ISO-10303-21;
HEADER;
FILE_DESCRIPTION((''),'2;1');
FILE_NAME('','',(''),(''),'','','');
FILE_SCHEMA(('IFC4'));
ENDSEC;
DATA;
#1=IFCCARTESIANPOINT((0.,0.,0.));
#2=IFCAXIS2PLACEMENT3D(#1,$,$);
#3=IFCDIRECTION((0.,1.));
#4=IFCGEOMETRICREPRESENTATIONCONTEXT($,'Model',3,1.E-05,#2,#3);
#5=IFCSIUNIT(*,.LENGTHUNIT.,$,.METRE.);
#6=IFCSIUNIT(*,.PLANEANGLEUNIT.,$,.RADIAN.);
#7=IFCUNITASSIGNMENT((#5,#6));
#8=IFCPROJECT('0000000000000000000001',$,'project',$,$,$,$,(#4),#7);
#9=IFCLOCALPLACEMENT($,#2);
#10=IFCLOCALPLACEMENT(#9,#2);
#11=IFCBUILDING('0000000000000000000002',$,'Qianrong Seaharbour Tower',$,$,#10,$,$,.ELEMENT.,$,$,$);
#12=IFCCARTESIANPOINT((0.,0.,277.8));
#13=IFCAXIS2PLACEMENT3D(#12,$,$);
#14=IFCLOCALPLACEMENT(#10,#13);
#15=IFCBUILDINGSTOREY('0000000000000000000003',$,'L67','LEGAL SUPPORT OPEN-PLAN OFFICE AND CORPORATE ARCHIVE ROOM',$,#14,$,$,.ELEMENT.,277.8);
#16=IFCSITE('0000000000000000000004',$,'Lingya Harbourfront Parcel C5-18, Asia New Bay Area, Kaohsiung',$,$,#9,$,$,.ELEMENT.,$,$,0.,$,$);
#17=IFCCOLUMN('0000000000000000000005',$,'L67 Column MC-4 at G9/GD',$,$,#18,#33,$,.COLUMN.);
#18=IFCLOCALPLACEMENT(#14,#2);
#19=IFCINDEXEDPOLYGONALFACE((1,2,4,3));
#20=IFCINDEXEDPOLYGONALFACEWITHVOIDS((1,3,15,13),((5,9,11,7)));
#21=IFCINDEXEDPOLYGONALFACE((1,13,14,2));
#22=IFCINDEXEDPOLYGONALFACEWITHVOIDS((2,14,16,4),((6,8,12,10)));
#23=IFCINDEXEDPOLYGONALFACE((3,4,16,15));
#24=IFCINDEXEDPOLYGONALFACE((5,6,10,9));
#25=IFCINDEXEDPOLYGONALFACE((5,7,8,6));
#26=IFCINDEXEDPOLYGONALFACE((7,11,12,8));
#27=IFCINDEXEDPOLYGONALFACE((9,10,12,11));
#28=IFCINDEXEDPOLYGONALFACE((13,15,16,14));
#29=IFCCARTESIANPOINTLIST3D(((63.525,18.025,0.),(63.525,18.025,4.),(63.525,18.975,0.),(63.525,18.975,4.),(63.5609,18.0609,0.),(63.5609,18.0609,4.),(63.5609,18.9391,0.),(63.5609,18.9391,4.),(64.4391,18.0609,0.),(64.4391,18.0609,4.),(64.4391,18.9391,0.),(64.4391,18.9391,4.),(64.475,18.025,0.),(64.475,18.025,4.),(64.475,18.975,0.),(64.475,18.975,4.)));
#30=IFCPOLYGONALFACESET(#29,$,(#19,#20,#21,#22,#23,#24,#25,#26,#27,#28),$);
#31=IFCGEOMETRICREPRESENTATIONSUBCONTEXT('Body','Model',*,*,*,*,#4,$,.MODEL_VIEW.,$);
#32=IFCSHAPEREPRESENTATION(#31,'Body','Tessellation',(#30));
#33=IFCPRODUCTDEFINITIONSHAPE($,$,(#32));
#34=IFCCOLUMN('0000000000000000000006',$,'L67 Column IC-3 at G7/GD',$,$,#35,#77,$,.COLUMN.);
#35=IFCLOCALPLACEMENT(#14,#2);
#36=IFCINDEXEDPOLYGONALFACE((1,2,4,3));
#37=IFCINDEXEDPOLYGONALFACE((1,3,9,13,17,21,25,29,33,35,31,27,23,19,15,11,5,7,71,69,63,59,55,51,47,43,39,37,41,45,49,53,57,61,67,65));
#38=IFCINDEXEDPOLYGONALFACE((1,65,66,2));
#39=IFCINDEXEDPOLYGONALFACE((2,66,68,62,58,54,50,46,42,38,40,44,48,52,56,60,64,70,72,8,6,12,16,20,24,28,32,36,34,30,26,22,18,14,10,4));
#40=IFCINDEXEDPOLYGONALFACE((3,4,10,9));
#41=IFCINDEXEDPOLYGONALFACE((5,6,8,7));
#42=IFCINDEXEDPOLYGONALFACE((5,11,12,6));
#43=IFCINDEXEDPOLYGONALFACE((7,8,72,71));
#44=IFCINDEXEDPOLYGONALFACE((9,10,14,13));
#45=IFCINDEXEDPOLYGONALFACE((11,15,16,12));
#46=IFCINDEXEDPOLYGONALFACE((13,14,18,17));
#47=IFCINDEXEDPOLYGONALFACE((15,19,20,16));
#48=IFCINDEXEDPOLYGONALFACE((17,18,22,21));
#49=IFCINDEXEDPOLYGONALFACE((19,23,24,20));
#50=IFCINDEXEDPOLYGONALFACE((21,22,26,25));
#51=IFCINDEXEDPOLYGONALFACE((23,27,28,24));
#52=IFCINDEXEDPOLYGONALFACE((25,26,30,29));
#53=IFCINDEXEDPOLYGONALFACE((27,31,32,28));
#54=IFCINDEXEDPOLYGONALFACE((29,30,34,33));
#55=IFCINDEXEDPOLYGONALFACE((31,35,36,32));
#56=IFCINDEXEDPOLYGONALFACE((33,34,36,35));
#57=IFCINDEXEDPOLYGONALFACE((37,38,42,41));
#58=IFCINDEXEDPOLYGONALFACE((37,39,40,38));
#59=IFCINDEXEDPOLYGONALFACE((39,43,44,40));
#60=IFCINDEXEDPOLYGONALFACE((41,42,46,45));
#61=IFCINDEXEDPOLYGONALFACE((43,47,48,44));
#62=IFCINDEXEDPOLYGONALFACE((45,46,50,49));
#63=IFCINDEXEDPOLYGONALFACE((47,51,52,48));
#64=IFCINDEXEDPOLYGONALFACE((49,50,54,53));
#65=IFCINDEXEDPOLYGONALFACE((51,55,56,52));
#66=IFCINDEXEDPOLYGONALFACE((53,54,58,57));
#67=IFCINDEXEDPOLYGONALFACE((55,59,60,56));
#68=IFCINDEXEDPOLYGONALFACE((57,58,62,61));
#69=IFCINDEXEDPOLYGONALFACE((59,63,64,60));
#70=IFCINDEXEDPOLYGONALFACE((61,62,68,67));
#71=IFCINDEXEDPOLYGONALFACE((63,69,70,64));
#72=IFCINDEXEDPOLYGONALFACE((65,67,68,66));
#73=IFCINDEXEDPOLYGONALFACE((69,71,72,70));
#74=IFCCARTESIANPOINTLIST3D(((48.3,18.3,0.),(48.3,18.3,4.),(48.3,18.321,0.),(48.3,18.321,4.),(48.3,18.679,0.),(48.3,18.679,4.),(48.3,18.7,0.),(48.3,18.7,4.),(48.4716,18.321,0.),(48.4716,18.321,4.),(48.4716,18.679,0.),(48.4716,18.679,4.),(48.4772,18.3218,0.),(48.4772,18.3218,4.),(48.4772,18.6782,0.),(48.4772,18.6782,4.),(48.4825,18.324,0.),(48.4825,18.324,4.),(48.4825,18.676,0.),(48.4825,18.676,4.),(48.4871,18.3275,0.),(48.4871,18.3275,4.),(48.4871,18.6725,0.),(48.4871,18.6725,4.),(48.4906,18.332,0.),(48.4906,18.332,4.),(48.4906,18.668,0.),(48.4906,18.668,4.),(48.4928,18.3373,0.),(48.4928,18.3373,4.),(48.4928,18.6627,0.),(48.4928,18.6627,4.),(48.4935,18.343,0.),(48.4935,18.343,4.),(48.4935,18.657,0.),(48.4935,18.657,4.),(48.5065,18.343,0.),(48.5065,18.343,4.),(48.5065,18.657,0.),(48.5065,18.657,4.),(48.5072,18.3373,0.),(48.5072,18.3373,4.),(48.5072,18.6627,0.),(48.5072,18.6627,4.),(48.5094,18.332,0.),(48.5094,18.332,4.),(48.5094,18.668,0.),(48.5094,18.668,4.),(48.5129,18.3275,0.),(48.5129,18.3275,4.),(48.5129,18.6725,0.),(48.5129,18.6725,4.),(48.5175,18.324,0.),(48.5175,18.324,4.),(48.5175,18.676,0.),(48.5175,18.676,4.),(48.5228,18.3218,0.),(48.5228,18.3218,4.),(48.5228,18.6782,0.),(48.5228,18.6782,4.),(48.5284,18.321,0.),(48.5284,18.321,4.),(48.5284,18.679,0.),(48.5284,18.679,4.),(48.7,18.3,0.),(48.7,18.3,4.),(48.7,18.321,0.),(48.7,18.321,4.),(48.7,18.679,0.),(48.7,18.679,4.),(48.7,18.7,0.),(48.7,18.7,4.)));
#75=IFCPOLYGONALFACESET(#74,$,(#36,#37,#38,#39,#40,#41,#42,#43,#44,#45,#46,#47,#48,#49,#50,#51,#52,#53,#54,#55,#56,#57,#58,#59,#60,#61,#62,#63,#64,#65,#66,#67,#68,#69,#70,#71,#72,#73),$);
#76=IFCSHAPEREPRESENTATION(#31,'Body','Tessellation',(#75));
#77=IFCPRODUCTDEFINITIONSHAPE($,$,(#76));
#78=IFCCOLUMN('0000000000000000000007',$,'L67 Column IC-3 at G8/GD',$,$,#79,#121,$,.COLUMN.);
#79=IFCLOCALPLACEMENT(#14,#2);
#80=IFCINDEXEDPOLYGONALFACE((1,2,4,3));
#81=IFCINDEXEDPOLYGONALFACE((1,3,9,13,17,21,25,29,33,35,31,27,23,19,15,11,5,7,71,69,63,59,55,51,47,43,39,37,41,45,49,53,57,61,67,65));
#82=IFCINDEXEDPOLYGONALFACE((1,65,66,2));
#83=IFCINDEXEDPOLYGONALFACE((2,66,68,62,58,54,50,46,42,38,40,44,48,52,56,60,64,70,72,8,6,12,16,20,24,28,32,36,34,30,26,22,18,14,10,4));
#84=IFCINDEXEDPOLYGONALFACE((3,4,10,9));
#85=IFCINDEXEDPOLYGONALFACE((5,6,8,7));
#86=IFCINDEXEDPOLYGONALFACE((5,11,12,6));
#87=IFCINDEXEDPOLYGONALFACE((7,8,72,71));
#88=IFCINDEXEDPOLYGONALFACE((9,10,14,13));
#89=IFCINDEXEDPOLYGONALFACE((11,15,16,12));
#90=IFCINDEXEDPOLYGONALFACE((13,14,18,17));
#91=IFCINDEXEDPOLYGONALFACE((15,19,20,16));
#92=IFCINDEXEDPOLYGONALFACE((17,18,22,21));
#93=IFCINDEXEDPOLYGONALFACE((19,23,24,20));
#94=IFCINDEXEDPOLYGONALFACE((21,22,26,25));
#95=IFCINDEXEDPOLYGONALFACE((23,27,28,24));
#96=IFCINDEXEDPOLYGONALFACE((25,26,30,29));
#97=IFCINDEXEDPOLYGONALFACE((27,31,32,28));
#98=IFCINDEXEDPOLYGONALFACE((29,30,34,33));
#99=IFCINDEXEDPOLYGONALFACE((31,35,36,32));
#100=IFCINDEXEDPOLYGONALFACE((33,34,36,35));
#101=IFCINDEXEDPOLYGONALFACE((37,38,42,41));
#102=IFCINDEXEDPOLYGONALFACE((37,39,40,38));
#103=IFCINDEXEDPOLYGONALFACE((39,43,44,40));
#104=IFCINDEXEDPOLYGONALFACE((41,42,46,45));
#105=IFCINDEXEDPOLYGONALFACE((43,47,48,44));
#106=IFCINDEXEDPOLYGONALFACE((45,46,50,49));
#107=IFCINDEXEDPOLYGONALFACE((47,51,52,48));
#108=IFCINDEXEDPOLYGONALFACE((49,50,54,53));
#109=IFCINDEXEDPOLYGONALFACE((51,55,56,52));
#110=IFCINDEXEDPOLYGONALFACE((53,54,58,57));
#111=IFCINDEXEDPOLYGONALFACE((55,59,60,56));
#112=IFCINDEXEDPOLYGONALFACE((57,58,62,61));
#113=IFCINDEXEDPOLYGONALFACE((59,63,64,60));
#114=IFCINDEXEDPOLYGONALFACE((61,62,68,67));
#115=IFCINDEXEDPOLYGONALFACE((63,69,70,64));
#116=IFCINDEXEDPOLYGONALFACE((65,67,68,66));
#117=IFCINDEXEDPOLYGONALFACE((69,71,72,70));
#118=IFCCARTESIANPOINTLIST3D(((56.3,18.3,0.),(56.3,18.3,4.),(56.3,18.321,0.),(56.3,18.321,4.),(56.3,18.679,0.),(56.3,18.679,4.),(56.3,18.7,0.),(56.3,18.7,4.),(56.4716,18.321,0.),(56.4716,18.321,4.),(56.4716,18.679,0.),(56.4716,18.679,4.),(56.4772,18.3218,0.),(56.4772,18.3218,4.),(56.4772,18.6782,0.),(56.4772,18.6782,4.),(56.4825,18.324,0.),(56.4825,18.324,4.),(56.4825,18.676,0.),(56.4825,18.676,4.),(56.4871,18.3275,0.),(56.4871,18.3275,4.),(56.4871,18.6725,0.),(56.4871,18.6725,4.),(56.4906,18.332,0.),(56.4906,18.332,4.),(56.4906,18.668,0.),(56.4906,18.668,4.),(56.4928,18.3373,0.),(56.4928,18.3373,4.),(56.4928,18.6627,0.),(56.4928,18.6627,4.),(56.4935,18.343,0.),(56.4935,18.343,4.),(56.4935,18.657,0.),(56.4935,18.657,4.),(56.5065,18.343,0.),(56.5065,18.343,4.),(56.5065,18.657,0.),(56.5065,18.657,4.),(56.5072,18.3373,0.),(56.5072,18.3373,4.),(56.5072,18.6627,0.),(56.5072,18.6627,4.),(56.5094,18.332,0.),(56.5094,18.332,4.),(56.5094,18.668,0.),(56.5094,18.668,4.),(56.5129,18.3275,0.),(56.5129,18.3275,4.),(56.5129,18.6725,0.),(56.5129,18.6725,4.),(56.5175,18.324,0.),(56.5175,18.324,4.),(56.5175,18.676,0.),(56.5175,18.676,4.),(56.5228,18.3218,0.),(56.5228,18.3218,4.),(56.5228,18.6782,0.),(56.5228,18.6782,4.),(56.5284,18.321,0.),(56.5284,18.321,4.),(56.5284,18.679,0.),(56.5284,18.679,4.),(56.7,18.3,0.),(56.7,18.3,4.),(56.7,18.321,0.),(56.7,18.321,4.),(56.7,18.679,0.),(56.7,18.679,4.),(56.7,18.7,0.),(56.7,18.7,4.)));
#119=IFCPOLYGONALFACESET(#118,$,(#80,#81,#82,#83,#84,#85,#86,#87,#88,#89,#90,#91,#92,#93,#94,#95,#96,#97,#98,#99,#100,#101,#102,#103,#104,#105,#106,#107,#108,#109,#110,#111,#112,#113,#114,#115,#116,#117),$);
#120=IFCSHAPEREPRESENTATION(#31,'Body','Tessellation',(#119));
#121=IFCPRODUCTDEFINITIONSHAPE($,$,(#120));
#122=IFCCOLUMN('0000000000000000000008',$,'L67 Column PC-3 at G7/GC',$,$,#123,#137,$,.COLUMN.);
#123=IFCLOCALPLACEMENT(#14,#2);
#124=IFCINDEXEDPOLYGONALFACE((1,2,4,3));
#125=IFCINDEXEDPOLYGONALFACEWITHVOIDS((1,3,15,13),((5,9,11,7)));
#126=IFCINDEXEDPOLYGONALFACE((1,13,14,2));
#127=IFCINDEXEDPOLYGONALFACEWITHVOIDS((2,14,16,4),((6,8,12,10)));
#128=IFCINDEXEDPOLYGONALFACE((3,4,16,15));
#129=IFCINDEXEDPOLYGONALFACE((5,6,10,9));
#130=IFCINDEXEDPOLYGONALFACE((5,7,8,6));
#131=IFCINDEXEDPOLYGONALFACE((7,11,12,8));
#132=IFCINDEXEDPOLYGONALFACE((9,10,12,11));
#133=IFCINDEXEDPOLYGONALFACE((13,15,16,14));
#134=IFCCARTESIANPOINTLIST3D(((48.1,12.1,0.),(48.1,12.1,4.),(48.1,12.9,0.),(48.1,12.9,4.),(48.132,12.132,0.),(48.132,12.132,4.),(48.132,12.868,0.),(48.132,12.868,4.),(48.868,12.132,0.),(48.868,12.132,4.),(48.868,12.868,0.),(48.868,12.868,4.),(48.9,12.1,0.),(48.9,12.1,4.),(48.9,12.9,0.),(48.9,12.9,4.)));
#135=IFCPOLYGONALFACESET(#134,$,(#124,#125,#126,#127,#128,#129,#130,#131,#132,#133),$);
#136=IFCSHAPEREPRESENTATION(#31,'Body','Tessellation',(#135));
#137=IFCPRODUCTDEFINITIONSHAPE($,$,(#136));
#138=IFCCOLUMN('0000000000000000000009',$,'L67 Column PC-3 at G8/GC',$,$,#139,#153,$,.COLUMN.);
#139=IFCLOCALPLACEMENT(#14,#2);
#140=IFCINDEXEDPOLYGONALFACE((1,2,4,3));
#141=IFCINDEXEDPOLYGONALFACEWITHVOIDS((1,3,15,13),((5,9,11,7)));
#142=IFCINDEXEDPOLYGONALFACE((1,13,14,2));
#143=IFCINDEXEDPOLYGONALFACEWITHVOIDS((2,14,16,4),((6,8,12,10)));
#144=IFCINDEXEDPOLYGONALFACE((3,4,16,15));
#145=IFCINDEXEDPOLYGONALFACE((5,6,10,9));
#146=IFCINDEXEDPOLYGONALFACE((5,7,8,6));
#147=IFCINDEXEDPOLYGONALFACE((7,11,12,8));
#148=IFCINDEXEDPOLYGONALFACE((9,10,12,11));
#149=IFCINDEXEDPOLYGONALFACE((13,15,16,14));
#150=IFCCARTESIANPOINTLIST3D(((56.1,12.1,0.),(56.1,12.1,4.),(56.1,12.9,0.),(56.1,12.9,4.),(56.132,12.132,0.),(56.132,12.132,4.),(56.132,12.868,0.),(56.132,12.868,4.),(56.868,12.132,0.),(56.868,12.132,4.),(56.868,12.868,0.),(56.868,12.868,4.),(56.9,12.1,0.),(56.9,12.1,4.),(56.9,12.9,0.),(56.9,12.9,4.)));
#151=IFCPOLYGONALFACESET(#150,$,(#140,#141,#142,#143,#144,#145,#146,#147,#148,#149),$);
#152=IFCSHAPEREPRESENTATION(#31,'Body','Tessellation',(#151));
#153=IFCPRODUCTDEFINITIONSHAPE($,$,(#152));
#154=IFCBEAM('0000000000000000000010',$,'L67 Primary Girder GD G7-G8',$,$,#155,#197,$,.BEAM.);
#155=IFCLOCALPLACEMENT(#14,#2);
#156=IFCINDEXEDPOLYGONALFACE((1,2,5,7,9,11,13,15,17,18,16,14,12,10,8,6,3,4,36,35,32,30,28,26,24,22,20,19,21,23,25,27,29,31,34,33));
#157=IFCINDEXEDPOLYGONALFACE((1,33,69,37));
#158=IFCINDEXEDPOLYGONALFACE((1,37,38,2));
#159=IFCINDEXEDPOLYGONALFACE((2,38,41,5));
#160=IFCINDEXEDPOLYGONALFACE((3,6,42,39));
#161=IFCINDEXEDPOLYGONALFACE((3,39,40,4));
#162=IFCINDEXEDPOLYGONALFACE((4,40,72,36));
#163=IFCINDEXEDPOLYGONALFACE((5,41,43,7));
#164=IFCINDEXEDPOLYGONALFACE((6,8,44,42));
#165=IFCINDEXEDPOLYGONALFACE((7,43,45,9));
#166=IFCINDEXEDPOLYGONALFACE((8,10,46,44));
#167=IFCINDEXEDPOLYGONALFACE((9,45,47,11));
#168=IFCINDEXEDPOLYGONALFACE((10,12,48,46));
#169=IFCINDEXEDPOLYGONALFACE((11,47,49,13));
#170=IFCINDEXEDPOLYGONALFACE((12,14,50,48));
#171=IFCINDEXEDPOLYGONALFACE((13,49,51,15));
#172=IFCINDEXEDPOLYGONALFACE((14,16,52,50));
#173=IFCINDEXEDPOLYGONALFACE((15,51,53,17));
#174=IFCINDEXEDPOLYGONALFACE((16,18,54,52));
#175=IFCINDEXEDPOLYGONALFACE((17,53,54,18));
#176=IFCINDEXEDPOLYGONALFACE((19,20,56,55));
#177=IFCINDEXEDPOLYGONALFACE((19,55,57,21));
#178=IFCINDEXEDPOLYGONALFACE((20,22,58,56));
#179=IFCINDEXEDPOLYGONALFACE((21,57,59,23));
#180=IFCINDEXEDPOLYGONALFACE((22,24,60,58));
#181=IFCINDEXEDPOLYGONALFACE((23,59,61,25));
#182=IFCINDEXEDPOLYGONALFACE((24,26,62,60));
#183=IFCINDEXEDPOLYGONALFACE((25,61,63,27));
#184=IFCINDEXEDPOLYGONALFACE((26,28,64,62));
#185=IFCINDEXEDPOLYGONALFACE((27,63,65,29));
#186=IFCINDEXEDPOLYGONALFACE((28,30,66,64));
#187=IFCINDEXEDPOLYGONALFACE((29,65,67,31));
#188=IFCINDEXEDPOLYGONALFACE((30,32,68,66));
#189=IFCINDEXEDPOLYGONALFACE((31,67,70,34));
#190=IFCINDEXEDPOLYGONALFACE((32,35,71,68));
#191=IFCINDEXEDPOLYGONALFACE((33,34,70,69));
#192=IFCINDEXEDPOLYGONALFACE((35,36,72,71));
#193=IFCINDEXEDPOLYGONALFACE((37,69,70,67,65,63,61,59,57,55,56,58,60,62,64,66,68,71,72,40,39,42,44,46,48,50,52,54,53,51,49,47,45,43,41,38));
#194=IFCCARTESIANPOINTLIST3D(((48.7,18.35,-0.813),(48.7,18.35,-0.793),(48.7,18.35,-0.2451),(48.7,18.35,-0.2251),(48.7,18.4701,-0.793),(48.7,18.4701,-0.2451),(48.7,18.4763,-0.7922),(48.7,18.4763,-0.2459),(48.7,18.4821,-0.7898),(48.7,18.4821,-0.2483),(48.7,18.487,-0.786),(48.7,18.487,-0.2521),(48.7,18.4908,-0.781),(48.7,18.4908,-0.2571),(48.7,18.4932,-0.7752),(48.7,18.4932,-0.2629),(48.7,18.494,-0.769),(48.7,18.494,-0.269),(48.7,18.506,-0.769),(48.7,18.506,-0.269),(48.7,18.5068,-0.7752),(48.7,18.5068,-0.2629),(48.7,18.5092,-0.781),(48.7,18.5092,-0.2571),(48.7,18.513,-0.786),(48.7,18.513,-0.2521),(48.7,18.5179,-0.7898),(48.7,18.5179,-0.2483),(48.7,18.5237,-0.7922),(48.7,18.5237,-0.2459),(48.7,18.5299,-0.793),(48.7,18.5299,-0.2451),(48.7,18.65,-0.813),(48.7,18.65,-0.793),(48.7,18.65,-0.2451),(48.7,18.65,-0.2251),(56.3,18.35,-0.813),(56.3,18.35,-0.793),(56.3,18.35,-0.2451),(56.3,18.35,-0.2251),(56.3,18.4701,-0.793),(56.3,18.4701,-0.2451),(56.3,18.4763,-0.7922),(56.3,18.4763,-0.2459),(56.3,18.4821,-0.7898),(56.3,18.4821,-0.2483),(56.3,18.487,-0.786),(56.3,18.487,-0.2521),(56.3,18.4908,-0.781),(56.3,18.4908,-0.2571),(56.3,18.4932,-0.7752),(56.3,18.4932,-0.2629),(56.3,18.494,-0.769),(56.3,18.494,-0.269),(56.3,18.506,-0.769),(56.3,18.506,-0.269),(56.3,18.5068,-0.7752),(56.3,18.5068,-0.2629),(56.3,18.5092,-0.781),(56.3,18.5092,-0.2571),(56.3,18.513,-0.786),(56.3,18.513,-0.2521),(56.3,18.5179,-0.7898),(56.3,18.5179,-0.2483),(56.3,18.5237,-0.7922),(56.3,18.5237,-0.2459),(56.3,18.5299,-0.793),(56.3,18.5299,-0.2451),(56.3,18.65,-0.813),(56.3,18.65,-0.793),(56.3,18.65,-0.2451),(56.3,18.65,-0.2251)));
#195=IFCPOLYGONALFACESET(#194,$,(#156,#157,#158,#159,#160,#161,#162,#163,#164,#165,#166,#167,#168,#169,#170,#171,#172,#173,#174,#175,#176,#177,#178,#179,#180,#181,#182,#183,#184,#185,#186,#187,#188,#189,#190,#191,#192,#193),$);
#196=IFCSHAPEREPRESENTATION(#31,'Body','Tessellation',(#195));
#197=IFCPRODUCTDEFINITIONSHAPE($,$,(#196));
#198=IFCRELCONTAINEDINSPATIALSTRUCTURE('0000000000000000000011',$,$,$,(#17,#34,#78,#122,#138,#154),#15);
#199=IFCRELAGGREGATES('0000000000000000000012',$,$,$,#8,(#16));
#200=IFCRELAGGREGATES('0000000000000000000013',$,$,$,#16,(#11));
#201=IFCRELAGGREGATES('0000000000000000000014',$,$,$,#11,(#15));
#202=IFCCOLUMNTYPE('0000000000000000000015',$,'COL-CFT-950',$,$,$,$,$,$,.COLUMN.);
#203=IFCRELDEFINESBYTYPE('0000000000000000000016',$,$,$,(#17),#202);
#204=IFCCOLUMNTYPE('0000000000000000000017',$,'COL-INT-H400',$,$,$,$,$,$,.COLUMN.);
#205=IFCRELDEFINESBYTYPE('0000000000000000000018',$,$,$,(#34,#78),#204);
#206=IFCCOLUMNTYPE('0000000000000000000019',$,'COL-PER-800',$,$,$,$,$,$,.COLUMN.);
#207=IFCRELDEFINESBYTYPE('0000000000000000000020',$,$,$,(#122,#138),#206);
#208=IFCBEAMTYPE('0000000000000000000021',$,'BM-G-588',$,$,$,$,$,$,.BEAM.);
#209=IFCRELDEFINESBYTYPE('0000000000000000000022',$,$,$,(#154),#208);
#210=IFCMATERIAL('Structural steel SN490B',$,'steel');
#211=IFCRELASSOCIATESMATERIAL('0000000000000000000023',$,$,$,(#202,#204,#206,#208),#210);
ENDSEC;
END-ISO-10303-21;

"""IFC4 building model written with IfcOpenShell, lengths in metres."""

from ifc_helpers import new_model, si_unit, direction, frame, origin, origin_2d, place, context, subcontext, project, spatial, hollow_rectangle, i_section, extrude, material, material_profile, profile_set, type_object, element, save


model = new_model("IFC4")

# Units and contexts
model_context = context("Model", 3, precision=1e-05, world=origin(), true_north=direction((0.0, 1.0)))
body_context = subcontext(model_context, "Body", "Model", "MODEL_VIEW")
ifc_project = project(units=[si_unit("LENGTHUNIT", "METRE"), si_unit("PLANEANGLEUNIT", "RADIAN")], contexts=[model_context])

# Site, building, storey
site_placement = place(None, origin())
site = spatial("IfcSite", under=ifc_project, at=site_placement, Name="Lingya Harbourfront Parcel C5-18, Asia New Bay Area, Kaohsiung", CompositionType="ELEMENT", RefElevation=0.0)
building_placement = place(site_placement, origin())
building = spatial("IfcBuilding", under=site, at=building_placement, Name="Qianrong Seaharbour Tower", CompositionType="ELEMENT")
storey_placement = place(building_placement, frame((0.0, 0.0, 277.8)))
storey = spatial("IfcBuildingStorey", under=building, at=storey_placement, Name="L67", Description="LEGAL SUPPORT OPEN-PLAN OFFICE AND CORPORATE ARCHIVE ROOM", CompositionType="ELEMENT", Elevation=277.8)

# Columns
ifc_material_1 = material(Name="Structural steel SN490B", Category="steel")
ifc_material_profile_1 = material_profile(ifc_material_1, hollow_rectangle(XDim=0.95, YDim=0.95, WallThickness=0.0359, at=origin_2d()), Name="BOX950x950x36")
ifc_profile_set_1 = profile_set([ifc_material_profile_1], Name="Structural steel SN490B")
column_type_1 = type_object("IfcColumnType", Name="COL-CFT-950", PredefinedType="COLUMN", material=ifc_profile_set_1)
column_placement = place(storey_placement, frame((64.0, 18.5, 0.0), z_axis=(0.0, 0.0, 1.0), x_axis=(1.0, 0.0, 0.0)))
element("IfcColumn", 1, at=column_placement, inside=storey, type_object=column_type_1, Name="L67 Column MC-4 at G9/GD", PredefinedType="COLUMN", context=body_context, shape_type="SweptSolid", body=[
    extrude(hollow_rectangle(XDim=0.95, YDim=0.95, WallThickness=0.0359, at=origin_2d()), origin(), (0.0, 0.0, 1.0), 4.0),
])
ifc_material_profile_2 = material_profile(ifc_material_1, i_section(OverallWidth=0.3999, OverallDepth=0.3999, WebThickness=0.0129, FlangeThickness=0.021, FilletRadius=0.022, at=origin_2d()), Name="H400x400x13x21")
ifc_profile_set_2 = profile_set([ifc_material_profile_2], Name="Structural steel SN490B")
column_type_2 = type_object("IfcColumnType", Name="COL-INT-H400", PredefinedType="COLUMN", material=ifc_profile_set_2)
for number, where, z_axis, x_axis, name in (
    (2, (48.5, 18.5, 0.0), (0.0, 0.0, 1.0), (1.0, 0.0, 0.0), "L67 Column IC-3 at G7/GD"),
    (3, (56.5, 18.5, 0.0), (0.0, 0.0, 1.0), (1.0, 0.0, 0.0), "L67 Column IC-3 at G8/GD"),
):
    element("IfcColumn", number, at=place(storey_placement, frame(where, z_axis=z_axis, x_axis=x_axis)), inside=storey, type_object=column_type_2, Name=name, PredefinedType="COLUMN", context=body_context, shape_type="SweptSolid", body=[
        extrude(i_section(OverallWidth=0.3999, OverallDepth=0.3999, WebThickness=0.0129, FlangeThickness=0.021, FilletRadius=0.022, at=origin_2d()), origin(), (0.0, 0.0, 1.0), 4.0),
    ])
ifc_material_profile_3 = material_profile(ifc_material_1, hollow_rectangle(XDim=0.8, YDim=0.8, WallThickness=0.032, at=origin_2d()), Name="BOX800x800x32")
ifc_profile_set_3 = profile_set([ifc_material_profile_3], Name="Structural steel SN490B")
column_type_3 = type_object("IfcColumnType", Name="COL-PER-800", PredefinedType="COLUMN", material=ifc_profile_set_3)
for number, where, z_axis, x_axis, name in (
    (4, (48.5, 12.5, 0.0), (0.0, 0.0, 1.0), (1.0, 0.0, 0.0), "L67 Column PC-3 at G7/GC"),
    (5, (56.5, 12.5, 0.0), (0.0, 0.0, 1.0), (1.0, 0.0, 0.0), "L67 Column PC-3 at G8/GC"),
):
    element("IfcColumn", number, at=place(storey_placement, frame(where, z_axis=z_axis, x_axis=x_axis)), inside=storey, type_object=column_type_3, Name=name, PredefinedType="COLUMN", context=body_context, shape_type="SweptSolid", body=[
        extrude(hollow_rectangle(XDim=0.8, YDim=0.8, WallThickness=0.032, at=origin_2d()), origin(), (0.0, 0.0, 1.0), 4.0),
    ])

# Beam
ifc_material_profile_4 = material_profile(ifc_material_1, i_section(OverallWidth=0.3, OverallDepth=0.5879, WebThickness=0.012, FlangeThickness=0.02, FilletRadius=0.0239, at=origin_2d()), Name="H588x300x12x20")
ifc_profile_set_4 = profile_set([ifc_material_profile_4], Name="Structural steel SN490B")
beam_type_1 = type_object("IfcBeamType", Name="BM-G-588", PredefinedType="BEAM", material=ifc_profile_set_4)
beam_1_placement = place(storey_placement, frame((48.7, 18.5, -0.519), z_axis=(1.0, 0.0, 0.0), x_axis=(0.0, 1.0, 0.0)))
element("IfcBeam", 6, at=beam_1_placement, inside=storey, type_object=beam_type_1, Name="L67 Primary Girder GD G7-G8", PredefinedType="BEAM", context=body_context, shape_type="SweptSolid", body=[
    extrude(i_section(OverallWidth=0.3, OverallDepth=0.5879, WebThickness=0.012, FlangeThickness=0.02, FilletRadius=0.0239, at=origin_2d()), origin(), (0.0, 0.0, 1.0), 7.6001),
])

save(model, "model.ifc")
